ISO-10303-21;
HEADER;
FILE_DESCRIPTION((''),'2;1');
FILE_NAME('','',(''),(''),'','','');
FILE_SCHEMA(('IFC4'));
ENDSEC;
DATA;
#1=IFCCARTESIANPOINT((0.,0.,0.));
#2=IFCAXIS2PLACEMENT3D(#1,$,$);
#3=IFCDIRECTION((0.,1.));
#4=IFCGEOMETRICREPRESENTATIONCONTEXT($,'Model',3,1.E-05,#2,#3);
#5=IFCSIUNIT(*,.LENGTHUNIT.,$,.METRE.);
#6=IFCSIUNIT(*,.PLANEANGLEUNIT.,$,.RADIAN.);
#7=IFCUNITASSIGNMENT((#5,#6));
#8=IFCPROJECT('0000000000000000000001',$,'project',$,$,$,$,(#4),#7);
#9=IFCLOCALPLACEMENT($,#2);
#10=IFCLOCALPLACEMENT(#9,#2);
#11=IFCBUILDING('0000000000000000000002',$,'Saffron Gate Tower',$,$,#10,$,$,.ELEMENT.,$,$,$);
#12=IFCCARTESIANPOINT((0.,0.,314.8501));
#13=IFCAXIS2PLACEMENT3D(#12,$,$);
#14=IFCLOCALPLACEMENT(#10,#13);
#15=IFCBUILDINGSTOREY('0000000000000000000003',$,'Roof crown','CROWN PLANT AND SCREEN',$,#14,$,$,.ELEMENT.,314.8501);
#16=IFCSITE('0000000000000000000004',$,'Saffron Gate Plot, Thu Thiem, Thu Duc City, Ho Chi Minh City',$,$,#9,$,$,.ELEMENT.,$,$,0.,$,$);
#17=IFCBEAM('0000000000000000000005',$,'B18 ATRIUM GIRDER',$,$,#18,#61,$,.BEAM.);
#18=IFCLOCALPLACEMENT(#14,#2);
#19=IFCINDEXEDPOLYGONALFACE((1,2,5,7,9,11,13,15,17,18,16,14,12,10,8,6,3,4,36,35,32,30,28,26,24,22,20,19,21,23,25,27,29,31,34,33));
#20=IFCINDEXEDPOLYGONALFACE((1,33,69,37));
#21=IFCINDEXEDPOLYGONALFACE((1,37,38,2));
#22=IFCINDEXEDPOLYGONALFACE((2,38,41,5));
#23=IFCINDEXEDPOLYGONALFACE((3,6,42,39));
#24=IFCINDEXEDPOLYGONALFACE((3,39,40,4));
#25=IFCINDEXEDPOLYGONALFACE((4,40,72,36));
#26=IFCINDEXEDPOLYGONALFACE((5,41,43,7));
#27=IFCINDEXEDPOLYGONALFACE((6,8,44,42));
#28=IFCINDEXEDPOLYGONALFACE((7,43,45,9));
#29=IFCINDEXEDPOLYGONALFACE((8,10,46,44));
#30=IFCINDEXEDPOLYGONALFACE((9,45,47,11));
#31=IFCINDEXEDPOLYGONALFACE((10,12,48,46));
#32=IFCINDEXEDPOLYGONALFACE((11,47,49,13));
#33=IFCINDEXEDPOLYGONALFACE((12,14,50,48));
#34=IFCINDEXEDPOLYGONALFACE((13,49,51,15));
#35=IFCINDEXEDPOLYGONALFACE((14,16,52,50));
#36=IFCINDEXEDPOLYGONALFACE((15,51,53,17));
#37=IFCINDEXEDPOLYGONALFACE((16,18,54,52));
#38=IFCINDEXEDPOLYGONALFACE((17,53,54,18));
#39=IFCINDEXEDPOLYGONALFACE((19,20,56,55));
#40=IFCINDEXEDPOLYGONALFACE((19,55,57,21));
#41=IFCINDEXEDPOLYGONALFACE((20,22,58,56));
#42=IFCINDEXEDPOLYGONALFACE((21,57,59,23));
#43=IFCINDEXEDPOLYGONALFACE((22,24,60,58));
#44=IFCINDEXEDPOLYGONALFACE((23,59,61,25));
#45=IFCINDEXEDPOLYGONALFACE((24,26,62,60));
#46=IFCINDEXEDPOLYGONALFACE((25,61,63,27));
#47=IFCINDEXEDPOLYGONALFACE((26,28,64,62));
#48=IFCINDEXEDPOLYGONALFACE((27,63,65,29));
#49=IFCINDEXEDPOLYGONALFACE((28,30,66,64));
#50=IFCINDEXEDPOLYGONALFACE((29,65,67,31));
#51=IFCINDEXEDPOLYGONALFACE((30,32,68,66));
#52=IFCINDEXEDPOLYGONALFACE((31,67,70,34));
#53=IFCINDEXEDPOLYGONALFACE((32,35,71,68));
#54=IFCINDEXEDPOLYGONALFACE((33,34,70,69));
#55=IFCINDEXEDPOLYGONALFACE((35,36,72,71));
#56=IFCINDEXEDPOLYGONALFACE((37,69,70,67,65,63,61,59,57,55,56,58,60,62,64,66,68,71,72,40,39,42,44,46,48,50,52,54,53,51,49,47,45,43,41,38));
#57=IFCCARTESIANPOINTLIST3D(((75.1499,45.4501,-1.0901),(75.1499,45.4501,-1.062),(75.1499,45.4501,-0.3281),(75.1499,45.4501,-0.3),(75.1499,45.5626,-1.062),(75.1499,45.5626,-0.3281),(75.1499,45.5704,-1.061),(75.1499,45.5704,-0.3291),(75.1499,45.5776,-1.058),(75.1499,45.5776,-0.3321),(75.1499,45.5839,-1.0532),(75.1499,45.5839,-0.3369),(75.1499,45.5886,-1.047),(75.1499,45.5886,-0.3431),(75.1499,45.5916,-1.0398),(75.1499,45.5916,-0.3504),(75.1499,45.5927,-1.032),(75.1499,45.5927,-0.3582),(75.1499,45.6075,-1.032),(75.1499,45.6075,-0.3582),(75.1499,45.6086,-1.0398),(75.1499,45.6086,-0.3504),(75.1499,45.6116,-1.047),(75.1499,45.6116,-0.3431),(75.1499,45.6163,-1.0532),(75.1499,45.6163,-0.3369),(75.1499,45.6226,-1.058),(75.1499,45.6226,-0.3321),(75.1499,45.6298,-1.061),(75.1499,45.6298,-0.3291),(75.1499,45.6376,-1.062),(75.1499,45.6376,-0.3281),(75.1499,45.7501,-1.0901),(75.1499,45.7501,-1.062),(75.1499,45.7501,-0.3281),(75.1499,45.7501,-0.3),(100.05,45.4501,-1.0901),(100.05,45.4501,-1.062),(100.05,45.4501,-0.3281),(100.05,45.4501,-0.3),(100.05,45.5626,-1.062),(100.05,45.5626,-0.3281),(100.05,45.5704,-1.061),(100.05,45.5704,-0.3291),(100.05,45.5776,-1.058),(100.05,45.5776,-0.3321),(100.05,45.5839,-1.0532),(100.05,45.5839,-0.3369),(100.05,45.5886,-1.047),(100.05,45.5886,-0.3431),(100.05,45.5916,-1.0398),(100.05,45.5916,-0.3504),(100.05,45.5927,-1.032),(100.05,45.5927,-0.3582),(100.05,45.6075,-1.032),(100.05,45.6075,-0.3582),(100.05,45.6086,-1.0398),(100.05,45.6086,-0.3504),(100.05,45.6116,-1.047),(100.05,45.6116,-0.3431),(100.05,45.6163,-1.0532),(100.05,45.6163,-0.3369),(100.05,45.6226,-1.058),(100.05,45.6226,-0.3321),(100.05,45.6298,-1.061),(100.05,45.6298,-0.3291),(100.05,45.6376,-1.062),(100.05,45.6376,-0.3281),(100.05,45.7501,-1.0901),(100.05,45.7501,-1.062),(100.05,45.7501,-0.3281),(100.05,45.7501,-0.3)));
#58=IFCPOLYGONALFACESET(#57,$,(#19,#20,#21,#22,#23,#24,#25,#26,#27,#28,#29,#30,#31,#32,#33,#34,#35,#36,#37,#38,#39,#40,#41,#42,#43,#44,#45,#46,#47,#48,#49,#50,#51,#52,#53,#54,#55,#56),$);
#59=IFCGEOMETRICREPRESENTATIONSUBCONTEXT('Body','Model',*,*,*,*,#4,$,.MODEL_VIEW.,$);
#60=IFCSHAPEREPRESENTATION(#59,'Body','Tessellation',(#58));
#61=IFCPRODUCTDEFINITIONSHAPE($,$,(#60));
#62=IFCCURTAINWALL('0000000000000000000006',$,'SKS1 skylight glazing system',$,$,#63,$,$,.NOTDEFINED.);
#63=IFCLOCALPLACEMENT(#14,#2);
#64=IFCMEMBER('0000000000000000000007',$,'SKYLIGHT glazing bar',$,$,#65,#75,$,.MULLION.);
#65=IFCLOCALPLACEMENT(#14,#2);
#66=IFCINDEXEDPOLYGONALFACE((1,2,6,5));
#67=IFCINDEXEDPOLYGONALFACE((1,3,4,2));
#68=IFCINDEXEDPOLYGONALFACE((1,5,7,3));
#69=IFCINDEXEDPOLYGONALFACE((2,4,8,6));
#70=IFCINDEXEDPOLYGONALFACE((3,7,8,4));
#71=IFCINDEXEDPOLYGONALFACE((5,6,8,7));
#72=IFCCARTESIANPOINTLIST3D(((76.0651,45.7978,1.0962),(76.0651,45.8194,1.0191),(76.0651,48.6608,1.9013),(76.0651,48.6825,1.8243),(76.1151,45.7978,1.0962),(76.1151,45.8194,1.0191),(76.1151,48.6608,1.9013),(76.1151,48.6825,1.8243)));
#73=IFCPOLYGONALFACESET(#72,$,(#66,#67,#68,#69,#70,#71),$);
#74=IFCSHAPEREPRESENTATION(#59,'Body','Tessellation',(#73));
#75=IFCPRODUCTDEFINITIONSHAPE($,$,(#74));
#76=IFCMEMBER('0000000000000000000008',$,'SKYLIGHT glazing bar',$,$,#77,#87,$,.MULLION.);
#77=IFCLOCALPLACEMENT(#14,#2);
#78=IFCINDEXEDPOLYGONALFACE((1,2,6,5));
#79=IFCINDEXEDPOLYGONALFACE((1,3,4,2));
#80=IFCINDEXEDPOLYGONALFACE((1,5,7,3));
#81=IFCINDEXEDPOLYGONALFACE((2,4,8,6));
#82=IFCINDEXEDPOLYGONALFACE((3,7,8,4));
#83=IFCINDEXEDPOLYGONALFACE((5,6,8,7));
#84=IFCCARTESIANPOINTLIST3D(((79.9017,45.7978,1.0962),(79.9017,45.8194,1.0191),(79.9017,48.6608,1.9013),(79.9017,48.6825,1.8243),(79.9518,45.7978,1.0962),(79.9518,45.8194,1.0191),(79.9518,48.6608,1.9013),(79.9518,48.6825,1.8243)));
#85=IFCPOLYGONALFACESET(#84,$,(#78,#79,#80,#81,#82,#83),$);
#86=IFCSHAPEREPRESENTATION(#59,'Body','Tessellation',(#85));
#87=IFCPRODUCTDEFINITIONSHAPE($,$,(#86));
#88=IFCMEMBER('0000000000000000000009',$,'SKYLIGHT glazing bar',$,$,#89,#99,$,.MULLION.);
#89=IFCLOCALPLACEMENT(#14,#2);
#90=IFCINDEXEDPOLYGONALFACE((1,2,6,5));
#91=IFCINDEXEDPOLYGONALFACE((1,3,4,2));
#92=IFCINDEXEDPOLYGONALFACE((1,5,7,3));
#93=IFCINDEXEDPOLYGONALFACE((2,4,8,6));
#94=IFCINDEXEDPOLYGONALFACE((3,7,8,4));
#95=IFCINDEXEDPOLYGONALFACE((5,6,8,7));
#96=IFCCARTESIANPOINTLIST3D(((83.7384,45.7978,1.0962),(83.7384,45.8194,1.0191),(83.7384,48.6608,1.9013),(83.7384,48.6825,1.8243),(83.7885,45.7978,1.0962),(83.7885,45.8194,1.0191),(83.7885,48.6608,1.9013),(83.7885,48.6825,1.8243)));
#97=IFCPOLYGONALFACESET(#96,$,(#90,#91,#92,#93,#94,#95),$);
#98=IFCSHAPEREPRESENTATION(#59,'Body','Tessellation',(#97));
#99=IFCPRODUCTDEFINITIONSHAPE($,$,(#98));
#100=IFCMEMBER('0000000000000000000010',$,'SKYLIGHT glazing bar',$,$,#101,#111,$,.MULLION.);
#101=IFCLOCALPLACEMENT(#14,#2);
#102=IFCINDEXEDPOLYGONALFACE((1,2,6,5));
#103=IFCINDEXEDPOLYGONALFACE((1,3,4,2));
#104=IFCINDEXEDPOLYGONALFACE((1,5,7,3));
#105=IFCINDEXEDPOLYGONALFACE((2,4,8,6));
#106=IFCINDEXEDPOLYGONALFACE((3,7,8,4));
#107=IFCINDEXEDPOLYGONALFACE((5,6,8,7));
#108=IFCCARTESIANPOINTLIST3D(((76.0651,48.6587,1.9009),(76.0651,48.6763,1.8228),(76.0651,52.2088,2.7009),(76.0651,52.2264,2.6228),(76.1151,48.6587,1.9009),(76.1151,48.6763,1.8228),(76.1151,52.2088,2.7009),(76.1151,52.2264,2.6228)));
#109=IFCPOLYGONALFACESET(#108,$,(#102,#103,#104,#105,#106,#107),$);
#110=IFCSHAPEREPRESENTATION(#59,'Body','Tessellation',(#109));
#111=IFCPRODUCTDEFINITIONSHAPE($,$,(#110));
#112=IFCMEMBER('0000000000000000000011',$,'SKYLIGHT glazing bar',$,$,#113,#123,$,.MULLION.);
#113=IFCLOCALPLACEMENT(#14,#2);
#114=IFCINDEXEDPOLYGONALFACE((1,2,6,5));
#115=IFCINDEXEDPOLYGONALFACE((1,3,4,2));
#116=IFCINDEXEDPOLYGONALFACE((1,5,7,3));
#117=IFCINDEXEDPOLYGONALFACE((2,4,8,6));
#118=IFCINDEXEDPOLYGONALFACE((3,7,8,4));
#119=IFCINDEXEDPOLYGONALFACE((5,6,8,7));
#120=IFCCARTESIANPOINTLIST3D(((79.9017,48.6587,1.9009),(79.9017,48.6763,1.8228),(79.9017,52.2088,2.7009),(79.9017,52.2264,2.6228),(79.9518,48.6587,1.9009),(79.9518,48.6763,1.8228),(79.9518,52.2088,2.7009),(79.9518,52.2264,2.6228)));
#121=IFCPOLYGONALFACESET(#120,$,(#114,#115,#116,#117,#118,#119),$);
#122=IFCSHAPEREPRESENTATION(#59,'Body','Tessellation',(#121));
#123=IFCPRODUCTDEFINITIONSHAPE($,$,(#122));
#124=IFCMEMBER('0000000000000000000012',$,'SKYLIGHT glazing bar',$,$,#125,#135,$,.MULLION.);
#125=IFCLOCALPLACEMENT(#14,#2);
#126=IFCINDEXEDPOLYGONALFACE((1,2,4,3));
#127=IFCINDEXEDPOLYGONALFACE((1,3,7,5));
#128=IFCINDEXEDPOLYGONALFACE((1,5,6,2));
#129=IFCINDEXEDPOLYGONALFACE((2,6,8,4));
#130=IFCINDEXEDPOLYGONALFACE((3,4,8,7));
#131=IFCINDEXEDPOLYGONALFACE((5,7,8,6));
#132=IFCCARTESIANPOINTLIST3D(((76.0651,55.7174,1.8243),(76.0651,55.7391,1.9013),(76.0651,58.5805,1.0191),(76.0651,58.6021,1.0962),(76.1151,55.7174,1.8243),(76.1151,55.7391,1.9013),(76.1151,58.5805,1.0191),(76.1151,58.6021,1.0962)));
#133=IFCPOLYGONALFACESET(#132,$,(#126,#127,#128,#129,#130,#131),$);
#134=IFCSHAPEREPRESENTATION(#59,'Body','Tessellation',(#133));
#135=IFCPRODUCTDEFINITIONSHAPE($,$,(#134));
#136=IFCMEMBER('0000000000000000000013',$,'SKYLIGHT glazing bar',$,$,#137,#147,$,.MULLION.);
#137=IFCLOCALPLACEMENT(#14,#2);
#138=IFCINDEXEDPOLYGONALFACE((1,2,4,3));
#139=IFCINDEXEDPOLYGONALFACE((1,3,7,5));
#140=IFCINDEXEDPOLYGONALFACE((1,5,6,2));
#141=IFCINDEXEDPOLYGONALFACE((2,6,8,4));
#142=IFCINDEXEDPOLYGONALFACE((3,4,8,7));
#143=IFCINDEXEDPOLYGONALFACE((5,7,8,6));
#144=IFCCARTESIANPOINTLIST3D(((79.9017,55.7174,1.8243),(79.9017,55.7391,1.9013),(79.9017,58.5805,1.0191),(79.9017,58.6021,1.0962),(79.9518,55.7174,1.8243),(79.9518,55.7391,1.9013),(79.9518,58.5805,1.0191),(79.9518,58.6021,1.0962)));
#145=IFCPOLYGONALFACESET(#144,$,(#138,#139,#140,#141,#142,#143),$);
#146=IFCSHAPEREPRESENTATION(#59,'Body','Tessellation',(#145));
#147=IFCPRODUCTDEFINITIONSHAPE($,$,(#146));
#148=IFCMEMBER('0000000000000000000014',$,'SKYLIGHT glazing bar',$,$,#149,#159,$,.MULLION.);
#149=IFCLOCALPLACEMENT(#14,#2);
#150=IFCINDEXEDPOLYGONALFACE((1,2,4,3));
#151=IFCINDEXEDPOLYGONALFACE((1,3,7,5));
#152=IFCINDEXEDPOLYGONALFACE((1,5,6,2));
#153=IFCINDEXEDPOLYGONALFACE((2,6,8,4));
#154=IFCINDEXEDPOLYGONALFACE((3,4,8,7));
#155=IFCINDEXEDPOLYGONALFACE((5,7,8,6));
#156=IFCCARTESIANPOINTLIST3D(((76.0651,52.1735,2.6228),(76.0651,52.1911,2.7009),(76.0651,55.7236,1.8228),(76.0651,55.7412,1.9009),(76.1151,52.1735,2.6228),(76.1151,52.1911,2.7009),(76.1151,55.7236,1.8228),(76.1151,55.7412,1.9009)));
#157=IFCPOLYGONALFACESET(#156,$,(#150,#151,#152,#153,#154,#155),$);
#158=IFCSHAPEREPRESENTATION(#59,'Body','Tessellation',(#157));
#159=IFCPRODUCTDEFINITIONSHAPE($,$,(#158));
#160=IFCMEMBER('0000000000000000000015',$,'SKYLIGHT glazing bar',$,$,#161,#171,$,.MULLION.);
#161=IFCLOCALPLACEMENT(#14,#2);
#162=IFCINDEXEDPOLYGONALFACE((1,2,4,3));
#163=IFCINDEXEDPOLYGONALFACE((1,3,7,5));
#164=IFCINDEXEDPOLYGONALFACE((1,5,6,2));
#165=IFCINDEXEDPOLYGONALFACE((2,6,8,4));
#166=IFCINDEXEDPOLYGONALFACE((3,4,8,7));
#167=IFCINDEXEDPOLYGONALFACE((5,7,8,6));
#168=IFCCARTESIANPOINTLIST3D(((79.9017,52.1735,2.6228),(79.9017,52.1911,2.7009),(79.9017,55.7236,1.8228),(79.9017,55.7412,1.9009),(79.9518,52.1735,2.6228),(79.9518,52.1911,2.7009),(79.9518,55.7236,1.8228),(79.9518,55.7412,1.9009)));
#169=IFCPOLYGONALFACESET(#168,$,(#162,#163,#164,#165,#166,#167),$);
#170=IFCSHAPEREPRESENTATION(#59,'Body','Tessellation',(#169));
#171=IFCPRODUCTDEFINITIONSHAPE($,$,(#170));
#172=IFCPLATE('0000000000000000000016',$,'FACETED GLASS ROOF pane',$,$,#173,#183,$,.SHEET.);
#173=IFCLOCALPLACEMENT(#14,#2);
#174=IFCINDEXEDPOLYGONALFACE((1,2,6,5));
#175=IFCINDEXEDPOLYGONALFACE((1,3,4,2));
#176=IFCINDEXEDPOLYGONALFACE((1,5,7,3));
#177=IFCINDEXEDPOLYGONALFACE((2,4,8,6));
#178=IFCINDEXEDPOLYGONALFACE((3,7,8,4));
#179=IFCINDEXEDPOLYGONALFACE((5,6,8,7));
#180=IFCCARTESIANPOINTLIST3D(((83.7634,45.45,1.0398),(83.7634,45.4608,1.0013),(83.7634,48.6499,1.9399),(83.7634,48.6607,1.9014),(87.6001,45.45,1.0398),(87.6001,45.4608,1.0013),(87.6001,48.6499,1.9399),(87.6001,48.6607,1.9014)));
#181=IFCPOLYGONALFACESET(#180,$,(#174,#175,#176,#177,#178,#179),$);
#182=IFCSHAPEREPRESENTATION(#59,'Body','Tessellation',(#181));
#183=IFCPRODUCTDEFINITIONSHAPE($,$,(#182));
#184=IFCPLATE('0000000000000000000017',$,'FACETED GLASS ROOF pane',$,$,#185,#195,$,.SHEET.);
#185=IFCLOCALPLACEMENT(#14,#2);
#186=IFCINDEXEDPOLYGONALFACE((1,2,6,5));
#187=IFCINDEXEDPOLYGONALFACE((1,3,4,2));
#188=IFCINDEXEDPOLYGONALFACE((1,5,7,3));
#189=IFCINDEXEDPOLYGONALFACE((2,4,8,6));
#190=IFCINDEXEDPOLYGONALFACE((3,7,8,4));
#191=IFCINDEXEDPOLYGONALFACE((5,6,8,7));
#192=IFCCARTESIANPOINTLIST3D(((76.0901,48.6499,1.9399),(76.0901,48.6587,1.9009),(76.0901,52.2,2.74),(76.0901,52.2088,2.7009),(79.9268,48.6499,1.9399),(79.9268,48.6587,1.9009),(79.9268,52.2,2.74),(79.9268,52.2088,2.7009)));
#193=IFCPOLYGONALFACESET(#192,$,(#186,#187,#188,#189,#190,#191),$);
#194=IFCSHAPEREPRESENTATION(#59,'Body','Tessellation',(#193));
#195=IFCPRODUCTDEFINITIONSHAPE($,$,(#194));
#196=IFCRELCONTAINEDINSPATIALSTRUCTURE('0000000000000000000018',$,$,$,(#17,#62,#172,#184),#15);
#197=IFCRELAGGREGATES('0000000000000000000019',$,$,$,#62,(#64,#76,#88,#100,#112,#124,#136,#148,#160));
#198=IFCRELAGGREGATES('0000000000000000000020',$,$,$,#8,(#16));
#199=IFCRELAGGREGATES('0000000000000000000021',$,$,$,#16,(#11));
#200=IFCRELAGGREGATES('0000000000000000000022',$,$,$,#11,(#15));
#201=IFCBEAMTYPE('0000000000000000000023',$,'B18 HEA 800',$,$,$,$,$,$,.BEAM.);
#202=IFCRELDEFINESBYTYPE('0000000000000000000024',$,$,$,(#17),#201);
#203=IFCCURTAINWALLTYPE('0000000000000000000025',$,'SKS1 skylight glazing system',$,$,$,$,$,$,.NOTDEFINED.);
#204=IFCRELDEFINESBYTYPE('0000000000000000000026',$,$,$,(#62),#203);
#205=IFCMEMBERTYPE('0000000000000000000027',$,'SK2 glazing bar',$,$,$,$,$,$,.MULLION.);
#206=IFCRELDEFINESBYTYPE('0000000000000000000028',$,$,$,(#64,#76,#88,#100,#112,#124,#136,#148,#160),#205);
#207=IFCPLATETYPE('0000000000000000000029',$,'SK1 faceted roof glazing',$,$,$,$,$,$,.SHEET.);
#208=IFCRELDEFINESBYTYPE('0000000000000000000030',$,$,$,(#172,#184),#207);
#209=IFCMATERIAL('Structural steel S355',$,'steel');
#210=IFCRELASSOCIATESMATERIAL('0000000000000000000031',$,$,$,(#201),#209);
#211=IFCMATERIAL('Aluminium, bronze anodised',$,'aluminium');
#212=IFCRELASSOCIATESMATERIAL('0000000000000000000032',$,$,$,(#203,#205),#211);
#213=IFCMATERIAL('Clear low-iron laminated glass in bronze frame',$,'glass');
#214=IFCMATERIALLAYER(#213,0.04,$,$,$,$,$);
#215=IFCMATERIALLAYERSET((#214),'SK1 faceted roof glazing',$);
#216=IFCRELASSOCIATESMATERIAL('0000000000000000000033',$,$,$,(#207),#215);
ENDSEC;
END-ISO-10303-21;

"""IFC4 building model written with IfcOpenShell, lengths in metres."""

from ifc_helpers import new_model, si_unit, direction, frame, origin, origin_2d, place, context, subcontext, project, spatial, polyline, rectangle, i_section, outline, extrude, material, layer, layer_set, material_profile, profile_set, type_object, element, aggregate, save


model = new_model("IFC4")

# Units and contexts
model_context = context("Model", 3, precision=1e-05, world=origin(), true_north=direction((0.0, 1.0)))
body_context = subcontext(model_context, "Body", "Model", "MODEL_VIEW")
ifc_project = project(units=[si_unit("LENGTHUNIT", "METRE"), si_unit("PLANEANGLEUNIT", "RADIAN")], contexts=[model_context])

# Site, building, storey
site_placement = place(None, origin())
site = spatial("IfcSite", under=ifc_project, at=site_placement, Name="Saffron Gate Plot, Thu Thiem, Thu Duc City, Ho Chi Minh City", CompositionType="ELEMENT", RefElevation=0.0)
building_placement = place(site_placement, origin())
building = spatial("IfcBuilding", under=site, at=building_placement, Name="Saffron Gate Tower", CompositionType="ELEMENT")
storey_placement = place(building_placement, frame((0.0, 0.0, 314.8501)))
storey = spatial("IfcBuildingStorey", under=building, at=storey_placement, Name="Roof crown", Description="CROWN PLANT AND SCREEN", CompositionType="ELEMENT", Elevation=314.8501)

# Beam
ifc_material_1 = material(Name="Structural steel S355", Category="steel")
ifc_material_profile_1 = material_profile(ifc_material_1, i_section(OverallWidth=0.3, OverallDepth=0.79, WebThickness=0.0149, FlangeThickness=0.0281, FilletRadius=0.03, at=origin_2d()))
ifc_profile_set_1 = profile_set([ifc_material_profile_1], Name="Structural steel S355")
beam_type = type_object("IfcBeamType", Name="B18 HEA 800", PredefinedType="BEAM", material=ifc_profile_set_1)
beam_placement = place(storey_placement, frame((75.1499, 45.6001, -0.6951), z_axis=(1.0, 0.0, 0.0), x_axis=(0.0, 1.0, 0.0)))
element("IfcBeam", 1, at=beam_placement, inside=storey, type_object=beam_type, Name="B18 ATRIUM GIRDER", PredefinedType="BEAM", context=body_context, shape_type="SweptSolid", body=[
    extrude(i_section(OverallWidth=0.3, OverallDepth=0.79, WebThickness=0.0149, FlangeThickness=0.0281, FilletRadius=0.03, at=origin_2d()), origin(), (0.0, 0.0, 1.0), 24.9001),
])

# Curtain wall, members
ifc_material_2 = material(Name="Aluminium, bronze anodised", Category="aluminium")
curtain_wall_type = type_object("IfcCurtainWallType", Name="SKS1 skylight glazing system", PredefinedType="NOTDEFINED", material=ifc_material_2)
curtain_wall_placement = place(storey_placement, origin())
curtain_wall = element("IfcCurtainWall", 2, at=curtain_wall_placement, inside=storey, type_object=curtain_wall_type, Name="SKS1 skylight glazing system", PredefinedType="NOTDEFINED")
ifc_material_profile_2 = material_profile(ifc_material_2, rectangle(XDim=0.05, YDim=0.0801, at=origin_2d()))
ifc_profile_set_2 = profile_set([ifc_material_profile_2], Name="Aluminium, bronze anodised")
member_type = type_object("IfcMemberType", Name="SK2 glazing bar", PredefinedType="MULLION", material=ifc_profile_set_2)
member_1_placement = place(storey_placement, frame((76.0901, 45.8086, 1.0576), z_axis=(0.0, 0.962656, 0.270729), x_axis=(-1.0, 0.0, 0.0)))
member_1 = element("IfcMember", 3, at=member_1_placement, type_object=member_type, Name="SKYLIGHT glazing bar", PredefinedType="MULLION", context=body_context, shape_type="SweptSolid", body=[
    extrude(rectangle(XDim=0.05, YDim=0.0801, at=origin_2d()), origin(), (0.0, 0.0, 1.0), 2.9741),
])
member_2_placement = place(storey_placement, frame((79.9268, 45.8086, 1.0576), z_axis=(0.0, 0.962656, 0.270729), x_axis=(-1.0, 0.0, 0.0)))
member_2 = element("IfcMember", 4, at=member_2_placement, type_object=member_type, Name="SKYLIGHT glazing bar", PredefinedType="MULLION", context=body_context, shape_type="SweptSolid", body=[
    extrude(rectangle(XDim=0.05, YDim=0.0801, at=origin_2d()), origin(), (0.0, 0.0, 1.0), 2.9741),
])
member_3_placement = place(storey_placement, frame((83.7634, 45.8086, 1.0576), z_axis=(0.0, 0.962656, 0.270729), x_axis=(-1.0, 0.0, 0.0)))
member_3 = element("IfcMember", 5, at=member_3_placement, type_object=member_type, Name="SKYLIGHT glazing bar", PredefinedType="MULLION", context=body_context, shape_type="SweptSolid", body=[
    extrude(rectangle(XDim=0.05, YDim=0.0801, at=origin_2d()), origin(), (0.0, 0.0, 1.0), 2.9741),
])
member_4_placement = place(storey_placement, frame((76.0901, 48.6675, 1.8618), z_axis=(0.0, 0.975534, 0.219849), x_axis=(-1.0, 0.0, 0.0)))
member_4 = element("IfcMember", 6, at=member_4_placement, type_object=member_type, Name="SKYLIGHT glazing bar", PredefinedType="MULLION", context=body_context, shape_type="SweptSolid", body=[
    extrude(rectangle(XDim=0.05, YDim=0.0801, at=origin_2d()), origin(), (0.0, 0.0, 1.0), 3.6392),
])
member_5_placement = place(storey_placement, frame((79.9268, 48.6675, 1.8618), z_axis=(0.0, 0.975534, 0.219849), x_axis=(-1.0, 0.0, 0.0)))
member_5 = element("IfcMember", 7, at=member_5_placement, type_object=member_type, Name="SKYLIGHT glazing bar", PredefinedType="MULLION", context=body_context, shape_type="SweptSolid", body=[
    extrude(rectangle(XDim=0.05, YDim=0.0801, at=origin_2d()), origin(), (0.0, 0.0, 1.0), 3.6392),
])
member_6_placement = place(storey_placement, frame((76.0901, 58.5913, 1.0576), z_axis=(0.0, -0.962656, 0.270729), x_axis=(1.0, 0.0, 0.0)))
member_6 = element("IfcMember", 8, at=member_6_placement, type_object=member_type, Name="SKYLIGHT glazing bar", PredefinedType="MULLION", context=body_context, shape_type="SweptSolid", body=[
    extrude(rectangle(XDim=0.05, YDim=0.0801, at=origin_2d()), origin(), (0.0, 0.0, 1.0), 2.9741),
])
member_7_placement = place(storey_placement, frame((79.9268, 58.5913, 1.0576), z_axis=(0.0, -0.962656, 0.270729), x_axis=(1.0, 0.0, 0.0)))
member_7 = element("IfcMember", 9, at=member_7_placement, type_object=member_type, Name="SKYLIGHT glazing bar", PredefinedType="MULLION", context=body_context, shape_type="SweptSolid", body=[
    extrude(rectangle(XDim=0.05, YDim=0.0801, at=origin_2d()), origin(), (0.0, 0.0, 1.0), 2.9741),
])
member_8_placement = place(storey_placement, frame((76.0901, 55.7324, 1.8618), z_axis=(0.0, -0.975534, 0.219849), x_axis=(1.0, 0.0, 0.0)))
member_8 = element("IfcMember", 10, at=member_8_placement, type_object=member_type, Name="SKYLIGHT glazing bar", PredefinedType="MULLION", context=body_context, shape_type="SweptSolid", body=[
    extrude(rectangle(XDim=0.05, YDim=0.0801, at=origin_2d()), origin(), (0.0, 0.0, 1.0), 3.6392),
])
member_9_placement = place(storey_placement, frame((79.9268, 55.7324, 1.8618), z_axis=(0.0, -0.975534, 0.219849), x_axis=(1.0, 0.0, 0.0)))
member_9 = element("IfcMember", 11, at=member_9_placement, type_object=member_type, Name="SKYLIGHT glazing bar", PredefinedType="MULLION", context=body_context, shape_type="SweptSolid", body=[
    extrude(rectangle(XDim=0.05, YDim=0.0801, at=origin_2d()), origin(), (0.0, 0.0, 1.0), 3.6392),
])
aggregate(curtain_wall, [member_1, member_2, member_3, member_4, member_5, member_6, member_7, member_8, member_9])

# Plates
ifc_material_3 = material(Name="Clear low-iron laminated glass in bronze frame", Category="glass")
ifc_layer_1 = layer(ifc_material_3, 0.04)
ifc_layer_set_1 = layer_set([ifc_layer_1], Name="SK1 faceted roof glazing")
plate_type = type_object("IfcPlateType", Name="SK1 faceted roof glazing", PredefinedType="SHEET", material=ifc_layer_set_1)
plate_placement = place(storey_placement, frame((83.7634, 45.45, 1.0398), z_axis=(0.0, -0.27079, 0.962638), x_axis=(1.0, 0.0, 0.0)))
element("IfcPlate", 12, at=plate_placement, inside=storey, type_object=plate_type, Name="FACETED GLASS ROOF pane", PredefinedType="SHEET", context=body_context, shape_type="SweptSolid", body=[
    extrude(outline(polyline([(0.0, 0.0), (3.8367, 0.0), (3.8367, 3.3241), (0.0, 3.3241), (0.0, 0.0)])), origin(), (0.0, 0.0, -1.0), 0.04),
])
for number, where, z_axis, x_axis, name in (
    (13, (76.0901, 48.6499, 1.9399), (0.0, -0.219849, 0.975534), (1.0, 0.0, 0.0), "FACETED GLASS ROOF pane"),
):
    element("IfcPlate", number, at=place(storey_placement, frame(where, z_axis=z_axis, x_axis=x_axis)), inside=storey, type_object=plate_type, Name=name, PredefinedType="SHEET", context=body_context, shape_type="SweptSolid", body=[
        extrude(outline(polyline([(0.0, 0.0), (3.8367, 0.0), (3.8367, 3.6391), (0.0, 3.6391), (0.0, 0.0)])), origin(), (0.0, 0.0, -1.0), 0.04),
    ])

save(model, "model.ifc")
